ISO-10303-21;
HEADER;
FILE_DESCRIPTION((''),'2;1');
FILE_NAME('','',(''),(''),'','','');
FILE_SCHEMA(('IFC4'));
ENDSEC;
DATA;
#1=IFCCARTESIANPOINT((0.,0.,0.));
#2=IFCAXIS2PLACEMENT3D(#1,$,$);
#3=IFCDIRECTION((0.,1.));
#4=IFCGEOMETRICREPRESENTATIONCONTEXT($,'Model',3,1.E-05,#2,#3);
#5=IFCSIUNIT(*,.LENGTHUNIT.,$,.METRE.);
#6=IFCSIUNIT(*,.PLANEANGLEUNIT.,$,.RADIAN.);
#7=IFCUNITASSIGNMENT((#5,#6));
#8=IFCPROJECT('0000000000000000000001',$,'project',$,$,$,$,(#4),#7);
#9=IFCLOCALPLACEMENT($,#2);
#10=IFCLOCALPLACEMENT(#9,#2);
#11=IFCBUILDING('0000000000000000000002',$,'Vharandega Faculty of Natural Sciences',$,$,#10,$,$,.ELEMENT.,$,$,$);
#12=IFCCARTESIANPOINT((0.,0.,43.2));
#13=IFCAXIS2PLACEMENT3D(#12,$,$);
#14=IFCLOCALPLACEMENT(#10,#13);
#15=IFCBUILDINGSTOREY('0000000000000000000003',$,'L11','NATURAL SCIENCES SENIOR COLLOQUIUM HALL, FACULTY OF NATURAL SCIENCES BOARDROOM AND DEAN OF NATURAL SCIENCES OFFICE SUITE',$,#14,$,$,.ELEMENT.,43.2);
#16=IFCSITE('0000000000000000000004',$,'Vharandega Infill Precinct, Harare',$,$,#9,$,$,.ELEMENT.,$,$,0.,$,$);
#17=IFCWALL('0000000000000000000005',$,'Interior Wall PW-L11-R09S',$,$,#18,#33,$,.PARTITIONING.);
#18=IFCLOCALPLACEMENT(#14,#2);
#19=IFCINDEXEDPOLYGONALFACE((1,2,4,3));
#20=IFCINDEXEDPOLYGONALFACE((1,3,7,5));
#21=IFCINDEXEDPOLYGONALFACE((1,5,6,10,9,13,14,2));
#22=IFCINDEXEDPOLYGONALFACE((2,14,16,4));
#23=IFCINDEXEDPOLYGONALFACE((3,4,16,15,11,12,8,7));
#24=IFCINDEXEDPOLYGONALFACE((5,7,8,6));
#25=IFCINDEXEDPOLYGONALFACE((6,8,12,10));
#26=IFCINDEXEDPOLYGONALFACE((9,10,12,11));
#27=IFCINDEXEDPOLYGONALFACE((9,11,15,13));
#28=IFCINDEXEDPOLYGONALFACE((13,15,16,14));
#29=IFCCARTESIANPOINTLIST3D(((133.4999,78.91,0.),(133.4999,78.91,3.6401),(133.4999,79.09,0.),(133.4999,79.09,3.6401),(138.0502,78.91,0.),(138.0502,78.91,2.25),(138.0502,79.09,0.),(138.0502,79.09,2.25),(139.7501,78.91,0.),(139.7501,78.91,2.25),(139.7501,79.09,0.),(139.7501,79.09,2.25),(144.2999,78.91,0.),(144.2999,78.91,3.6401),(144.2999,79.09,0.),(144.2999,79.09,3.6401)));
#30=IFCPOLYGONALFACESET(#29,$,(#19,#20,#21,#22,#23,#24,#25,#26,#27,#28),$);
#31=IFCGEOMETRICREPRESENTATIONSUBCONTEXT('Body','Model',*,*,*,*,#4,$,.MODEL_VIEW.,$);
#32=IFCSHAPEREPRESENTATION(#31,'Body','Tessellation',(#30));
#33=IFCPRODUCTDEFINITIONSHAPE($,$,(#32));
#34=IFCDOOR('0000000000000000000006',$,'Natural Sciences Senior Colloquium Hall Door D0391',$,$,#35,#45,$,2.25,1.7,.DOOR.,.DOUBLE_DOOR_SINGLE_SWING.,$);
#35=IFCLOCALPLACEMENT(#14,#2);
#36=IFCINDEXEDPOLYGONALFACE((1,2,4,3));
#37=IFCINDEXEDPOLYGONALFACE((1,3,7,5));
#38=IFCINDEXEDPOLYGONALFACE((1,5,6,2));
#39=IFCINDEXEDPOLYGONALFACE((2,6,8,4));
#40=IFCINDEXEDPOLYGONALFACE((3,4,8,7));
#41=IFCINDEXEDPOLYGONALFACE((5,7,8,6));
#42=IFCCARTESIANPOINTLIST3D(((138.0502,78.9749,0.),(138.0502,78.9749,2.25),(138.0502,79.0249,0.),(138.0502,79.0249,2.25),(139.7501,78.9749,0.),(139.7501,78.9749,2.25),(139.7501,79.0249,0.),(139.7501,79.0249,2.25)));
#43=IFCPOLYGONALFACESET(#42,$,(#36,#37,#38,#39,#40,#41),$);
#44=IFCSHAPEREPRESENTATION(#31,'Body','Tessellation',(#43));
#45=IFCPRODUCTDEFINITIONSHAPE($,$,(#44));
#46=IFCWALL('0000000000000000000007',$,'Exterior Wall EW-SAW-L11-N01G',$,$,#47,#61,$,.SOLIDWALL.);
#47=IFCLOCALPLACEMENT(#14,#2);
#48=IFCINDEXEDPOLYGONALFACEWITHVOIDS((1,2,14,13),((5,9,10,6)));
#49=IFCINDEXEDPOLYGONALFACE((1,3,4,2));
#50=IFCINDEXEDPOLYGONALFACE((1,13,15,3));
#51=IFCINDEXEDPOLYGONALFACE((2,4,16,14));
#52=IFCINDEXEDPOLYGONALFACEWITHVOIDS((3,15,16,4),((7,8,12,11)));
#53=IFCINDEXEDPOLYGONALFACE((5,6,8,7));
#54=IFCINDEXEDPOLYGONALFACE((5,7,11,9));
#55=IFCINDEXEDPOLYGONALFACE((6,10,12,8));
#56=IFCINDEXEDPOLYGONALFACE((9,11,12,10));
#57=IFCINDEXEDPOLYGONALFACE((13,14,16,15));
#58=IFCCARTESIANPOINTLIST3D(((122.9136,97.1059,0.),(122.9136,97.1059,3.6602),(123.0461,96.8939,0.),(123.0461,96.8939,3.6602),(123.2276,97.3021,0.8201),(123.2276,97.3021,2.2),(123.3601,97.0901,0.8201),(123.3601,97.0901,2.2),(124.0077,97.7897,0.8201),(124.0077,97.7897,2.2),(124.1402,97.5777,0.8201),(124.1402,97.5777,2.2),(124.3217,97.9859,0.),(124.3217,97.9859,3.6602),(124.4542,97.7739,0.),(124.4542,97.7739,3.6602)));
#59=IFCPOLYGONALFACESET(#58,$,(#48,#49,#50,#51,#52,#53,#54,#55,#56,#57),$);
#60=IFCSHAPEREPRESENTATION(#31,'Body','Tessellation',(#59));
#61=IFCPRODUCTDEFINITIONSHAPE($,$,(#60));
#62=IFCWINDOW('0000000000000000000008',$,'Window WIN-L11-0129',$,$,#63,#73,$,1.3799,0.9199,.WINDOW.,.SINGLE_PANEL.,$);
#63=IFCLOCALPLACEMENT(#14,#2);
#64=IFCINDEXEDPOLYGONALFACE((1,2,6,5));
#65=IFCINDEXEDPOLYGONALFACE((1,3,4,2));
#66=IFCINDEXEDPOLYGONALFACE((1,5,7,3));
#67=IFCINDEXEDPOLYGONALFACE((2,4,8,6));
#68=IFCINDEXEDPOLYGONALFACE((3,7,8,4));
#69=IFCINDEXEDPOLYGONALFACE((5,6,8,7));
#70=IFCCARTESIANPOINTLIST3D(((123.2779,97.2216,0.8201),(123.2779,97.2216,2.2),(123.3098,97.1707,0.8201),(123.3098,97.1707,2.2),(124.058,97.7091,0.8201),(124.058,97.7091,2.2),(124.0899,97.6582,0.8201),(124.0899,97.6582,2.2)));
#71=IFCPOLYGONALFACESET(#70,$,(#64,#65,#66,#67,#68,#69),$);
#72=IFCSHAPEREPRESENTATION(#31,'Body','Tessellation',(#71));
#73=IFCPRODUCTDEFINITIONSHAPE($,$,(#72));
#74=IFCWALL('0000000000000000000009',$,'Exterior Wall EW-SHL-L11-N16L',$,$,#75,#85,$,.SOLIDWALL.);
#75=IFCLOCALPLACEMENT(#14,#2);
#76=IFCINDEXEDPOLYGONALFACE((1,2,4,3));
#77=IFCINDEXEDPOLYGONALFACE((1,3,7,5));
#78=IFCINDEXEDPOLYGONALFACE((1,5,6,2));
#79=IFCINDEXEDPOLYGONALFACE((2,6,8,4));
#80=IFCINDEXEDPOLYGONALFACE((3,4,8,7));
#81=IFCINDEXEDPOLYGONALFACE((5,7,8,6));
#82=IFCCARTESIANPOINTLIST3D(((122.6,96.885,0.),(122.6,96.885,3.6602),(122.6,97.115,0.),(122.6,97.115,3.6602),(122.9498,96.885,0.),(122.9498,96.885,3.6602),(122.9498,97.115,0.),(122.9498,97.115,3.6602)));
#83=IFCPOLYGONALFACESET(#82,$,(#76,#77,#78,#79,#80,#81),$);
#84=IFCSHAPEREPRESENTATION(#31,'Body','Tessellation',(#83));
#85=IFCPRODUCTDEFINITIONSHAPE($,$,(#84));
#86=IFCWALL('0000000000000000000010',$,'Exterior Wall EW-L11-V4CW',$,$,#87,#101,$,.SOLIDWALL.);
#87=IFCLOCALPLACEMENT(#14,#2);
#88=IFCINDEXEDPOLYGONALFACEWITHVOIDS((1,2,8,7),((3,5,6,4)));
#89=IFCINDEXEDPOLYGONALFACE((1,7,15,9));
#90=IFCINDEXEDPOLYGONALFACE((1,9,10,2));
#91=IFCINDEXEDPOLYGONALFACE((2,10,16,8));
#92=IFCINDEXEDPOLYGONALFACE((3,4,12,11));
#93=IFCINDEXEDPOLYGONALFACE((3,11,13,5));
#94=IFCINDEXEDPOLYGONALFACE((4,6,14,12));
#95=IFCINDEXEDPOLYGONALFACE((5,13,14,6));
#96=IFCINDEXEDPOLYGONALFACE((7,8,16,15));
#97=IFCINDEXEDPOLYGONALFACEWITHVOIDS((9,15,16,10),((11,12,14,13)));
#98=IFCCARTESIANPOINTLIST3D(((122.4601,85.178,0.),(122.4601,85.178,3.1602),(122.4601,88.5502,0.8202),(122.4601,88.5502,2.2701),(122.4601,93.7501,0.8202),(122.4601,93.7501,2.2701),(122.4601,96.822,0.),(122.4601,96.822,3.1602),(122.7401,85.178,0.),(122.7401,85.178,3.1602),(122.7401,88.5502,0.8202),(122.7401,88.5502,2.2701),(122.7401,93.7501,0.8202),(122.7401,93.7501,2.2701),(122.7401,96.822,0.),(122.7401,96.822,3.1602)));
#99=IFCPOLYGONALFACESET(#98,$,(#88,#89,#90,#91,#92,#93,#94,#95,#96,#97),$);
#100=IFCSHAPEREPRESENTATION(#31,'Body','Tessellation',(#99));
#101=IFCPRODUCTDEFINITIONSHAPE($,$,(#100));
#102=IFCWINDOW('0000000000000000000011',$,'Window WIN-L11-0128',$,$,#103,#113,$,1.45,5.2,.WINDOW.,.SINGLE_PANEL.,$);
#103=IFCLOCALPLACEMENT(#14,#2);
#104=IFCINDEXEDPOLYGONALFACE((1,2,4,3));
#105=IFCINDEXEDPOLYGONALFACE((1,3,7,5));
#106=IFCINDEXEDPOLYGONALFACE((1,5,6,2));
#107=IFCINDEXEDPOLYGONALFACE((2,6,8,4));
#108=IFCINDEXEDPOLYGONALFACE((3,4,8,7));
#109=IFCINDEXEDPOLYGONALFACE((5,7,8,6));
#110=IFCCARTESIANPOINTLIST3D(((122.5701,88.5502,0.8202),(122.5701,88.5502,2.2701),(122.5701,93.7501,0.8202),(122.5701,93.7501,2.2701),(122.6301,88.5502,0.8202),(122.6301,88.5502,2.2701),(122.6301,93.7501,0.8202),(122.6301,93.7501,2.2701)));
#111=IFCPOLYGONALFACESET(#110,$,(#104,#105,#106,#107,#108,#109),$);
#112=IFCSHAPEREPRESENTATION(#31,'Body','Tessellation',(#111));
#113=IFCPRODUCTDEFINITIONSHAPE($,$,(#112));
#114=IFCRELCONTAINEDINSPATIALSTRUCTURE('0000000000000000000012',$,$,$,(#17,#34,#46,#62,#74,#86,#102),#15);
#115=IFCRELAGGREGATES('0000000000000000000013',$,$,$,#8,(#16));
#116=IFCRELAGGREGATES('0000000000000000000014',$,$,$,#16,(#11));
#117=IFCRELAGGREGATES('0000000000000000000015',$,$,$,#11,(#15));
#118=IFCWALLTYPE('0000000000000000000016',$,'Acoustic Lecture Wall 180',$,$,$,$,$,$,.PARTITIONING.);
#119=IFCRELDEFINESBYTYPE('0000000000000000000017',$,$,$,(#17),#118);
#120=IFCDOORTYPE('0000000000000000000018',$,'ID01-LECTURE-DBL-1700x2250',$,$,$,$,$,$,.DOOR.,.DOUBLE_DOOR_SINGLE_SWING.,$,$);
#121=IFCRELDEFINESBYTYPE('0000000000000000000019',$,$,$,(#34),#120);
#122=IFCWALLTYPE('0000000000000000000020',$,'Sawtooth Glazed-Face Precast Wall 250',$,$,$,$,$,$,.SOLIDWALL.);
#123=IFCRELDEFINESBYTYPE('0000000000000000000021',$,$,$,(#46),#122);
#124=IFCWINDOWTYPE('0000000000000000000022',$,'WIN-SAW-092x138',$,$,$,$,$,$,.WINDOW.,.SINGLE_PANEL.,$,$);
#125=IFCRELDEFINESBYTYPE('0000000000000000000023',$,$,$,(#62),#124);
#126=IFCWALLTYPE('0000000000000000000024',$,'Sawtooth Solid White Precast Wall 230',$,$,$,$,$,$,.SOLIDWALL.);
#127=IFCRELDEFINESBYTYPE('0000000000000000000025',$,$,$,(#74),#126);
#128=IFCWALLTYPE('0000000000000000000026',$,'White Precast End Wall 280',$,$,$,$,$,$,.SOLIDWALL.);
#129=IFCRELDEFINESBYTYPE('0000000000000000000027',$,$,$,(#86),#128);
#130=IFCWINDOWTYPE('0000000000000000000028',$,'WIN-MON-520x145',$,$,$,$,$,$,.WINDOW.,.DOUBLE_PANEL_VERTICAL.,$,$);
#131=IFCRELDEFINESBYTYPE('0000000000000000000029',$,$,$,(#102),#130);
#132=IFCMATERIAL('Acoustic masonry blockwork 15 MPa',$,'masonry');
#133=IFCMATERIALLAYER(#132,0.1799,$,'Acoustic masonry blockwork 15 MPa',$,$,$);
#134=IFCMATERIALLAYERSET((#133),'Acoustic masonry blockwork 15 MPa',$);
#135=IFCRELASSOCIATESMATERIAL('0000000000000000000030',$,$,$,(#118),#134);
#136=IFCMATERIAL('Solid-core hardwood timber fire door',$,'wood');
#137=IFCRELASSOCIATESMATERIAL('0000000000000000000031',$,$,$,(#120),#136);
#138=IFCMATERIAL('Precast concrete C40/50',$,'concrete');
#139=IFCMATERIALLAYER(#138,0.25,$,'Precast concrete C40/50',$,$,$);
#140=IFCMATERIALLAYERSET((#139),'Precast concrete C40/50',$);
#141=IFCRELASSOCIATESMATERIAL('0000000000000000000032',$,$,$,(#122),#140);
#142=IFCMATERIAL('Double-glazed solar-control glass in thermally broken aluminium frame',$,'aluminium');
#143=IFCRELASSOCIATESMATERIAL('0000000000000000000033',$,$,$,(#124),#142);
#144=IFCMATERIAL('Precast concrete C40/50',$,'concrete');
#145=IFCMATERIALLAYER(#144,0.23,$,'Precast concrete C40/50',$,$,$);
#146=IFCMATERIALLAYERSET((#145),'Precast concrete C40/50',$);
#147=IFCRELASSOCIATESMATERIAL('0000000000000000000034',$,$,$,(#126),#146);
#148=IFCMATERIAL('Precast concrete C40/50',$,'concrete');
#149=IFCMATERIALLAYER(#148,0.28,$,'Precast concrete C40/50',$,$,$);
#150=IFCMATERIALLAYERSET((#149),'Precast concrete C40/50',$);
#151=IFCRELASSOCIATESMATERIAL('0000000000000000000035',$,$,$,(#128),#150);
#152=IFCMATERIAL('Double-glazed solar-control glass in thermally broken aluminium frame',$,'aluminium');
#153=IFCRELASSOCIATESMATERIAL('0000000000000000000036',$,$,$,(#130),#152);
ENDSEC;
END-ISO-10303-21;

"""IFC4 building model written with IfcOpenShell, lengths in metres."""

from ifc_helpers import new_model, si_unit, direction, frame, frame_2d, origin, place, context, subcontext, project, spatial, rectangle, extrude, material, layer, layer_set, type_object, element, fill, save


model = new_model("IFC4")

# Units and contexts
model_context = context("Model", 3, precision=1e-05, world=origin(), true_north=direction((0.0, 1.0)))
body_context = subcontext(model_context, "Body", "Model", "MODEL_VIEW")
ifc_project = project(units=[si_unit("LENGTHUNIT", "METRE"), si_unit("PLANEANGLEUNIT", "RADIAN")], contexts=[model_context])

# Site, building, storey
site_placement = place(None, origin())
site = spatial("IfcSite", under=ifc_project, at=site_placement, Name="Vharandega Infill Precinct, Harare", CompositionType="ELEMENT", RefElevation=0.0)
building_placement = place(site_placement, origin())
building = spatial("IfcBuilding", under=site, at=building_placement, Name="Vharandega Faculty of Natural Sciences", CompositionType="ELEMENT")
storey_placement = place(building_placement, frame((0.0, 0.0, 43.2)))
storey = spatial("IfcBuildingStorey", under=building, at=storey_placement, Name="L11", Description="NATURAL SCIENCES SENIOR COLLOQUIUM HALL, FACULTY OF NATURAL SCIENCES BOARDROOM AND DEAN OF NATURAL SCIENCES OFFICE SUITE", CompositionType="ELEMENT", Elevation=43.2)

# Wall, opening, door
ifc_material_1 = material(Name="Acoustic masonry blockwork 15 MPa", Category="masonry")
ifc_layer_1 = layer(ifc_material_1, 0.1799, Name="Acoustic masonry blockwork 15 MPa")
ifc_layer_set_1 = layer_set([ifc_layer_1], Name="Acoustic masonry blockwork 15 MPa")
wall_type_1 = type_object("IfcWallType", Name="Acoustic Lecture Wall 180", PredefinedType="PARTITIONING", material=ifc_layer_set_1)
wall_1_placement = place(storey_placement, frame((133.5, 79.0, 0.0), z_axis=(0.0, 0.0, 1.0), x_axis=(1.0, 0.0, 0.0)))
wall_1 = element("IfcWall", 1, at=wall_1_placement, inside=storey, type_object=wall_type_1, Name="Interior Wall PW-L11-R09S", PredefinedType="PARTITIONING", context=body_context, shape_type="SweptSolid", body=[
    extrude(rectangle(XDim=10.8, YDim=0.1799, at=frame_2d((5.3999, 0.0))), origin(), (0.0, 0.0, 1.0), 3.6401),
])
opening_1_placement = place(wall_1_placement, frame((4.55, 0.0, 0.0)))
opening_1 = element("IfcOpeningElement", 2, at=opening_1_placement, cuts=wall_1, PredefinedType="OPENING", context=body_context, shape_type="SweptSolid", body=[
    extrude(rectangle(XDim=1.7, YDim=2.25, at=frame_2d((0.8501, 1.125))), frame((0.0, 0.1001, 0.0), z_axis=(0.0, -1.0, 0.0), x_axis=(1.0, 0.0, 0.0)), (0.0, 0.0, 1.0), 0.2),
])
ifc_material_2 = material(Name="Solid-core hardwood timber fire door", Category="wood")
door_type = type_object("IfcDoorType", Name="ID01-LECTURE-DBL-1700x2250", OperationType="DOUBLE_DOOR_SINGLE_SWING", PredefinedType="DOOR", material=ifc_material_2)
door_placement = place(opening_1_placement, origin())
door = element("IfcDoor", 3, at=door_placement, inside=storey, type_object=door_type, Name="Natural Sciences Senior Colloquium Hall Door D0391", OperationType="DOUBLE_DOOR_SINGLE_SWING", OverallHeight=2.25, OverallWidth=1.7, PredefinedType="DOOR", context=body_context, shape_type="SweptSolid", body=[
    extrude(rectangle(XDim=1.7, YDim=2.25, at=frame_2d((0.8501, 1.125))), frame((0.0, 0.0249, 0.0), z_axis=(0.0, -1.0, 0.0), x_axis=(1.0, 0.0, 0.0)), (0.0, 0.0, 1.0), 0.05),
])
fill(opening_1, door)

# Wall, opening, window
ifc_material_3 = material(Name="Precast concrete C40/50", Category="concrete")
ifc_layer_2 = layer(ifc_material_3, 0.25, Name="Precast concrete C40/50")
ifc_layer_set_2 = layer_set([ifc_layer_2], Name="Precast concrete C40/50")
wall_type_2 = type_object("IfcWallType", Name="Sawtooth Glazed-Face Precast Wall 250", PredefinedType="SOLIDWALL", material=ifc_layer_set_2)
wall_2_placement = place(storey_placement, frame((122.98, 97.0, 0.0), z_axis=(0.0, 0.0, 1.0), x_axis=(0.848023, 0.529959, 0.0)))
wall_2 = element("IfcWall", 4, at=wall_2_placement, inside=storey, type_object=wall_type_2, Name="Exterior Wall EW-SAW-L11-N01G", PredefinedType="SOLIDWALL", context=body_context, shape_type="SweptSolid", body=[
    extrude(rectangle(XDim=1.6604, YDim=0.25, at=frame_2d((0.8301, 0.0))), origin(), (0.0, 0.0, 1.0), 3.6602),
])
opening_2_placement = place(wall_2_placement, frame((0.3701, 0.0, 0.8201)))
opening_2 = element("IfcOpeningElement", 5, at=opening_2_placement, cuts=wall_2, PredefinedType="OPENING", context=body_context, shape_type="SweptSolid", body=[
    extrude(rectangle(XDim=0.9199, YDim=1.3799, at=frame_2d((0.46, 0.6899))), frame((0.0, 0.135, 0.0), z_axis=(0.0, -1.0, 0.0), x_axis=(1.0, 0.0, 0.0)), (0.0, 0.0, 1.0), 0.27),
])
ifc_material_4 = material(Name="Double-glazed solar-control glass in thermally broken aluminium frame", Category="aluminium")
window_type_1 = type_object("IfcWindowType", Name="WIN-SAW-092x138", PartitioningType="SINGLE_PANEL", PredefinedType="WINDOW", material=ifc_material_4)
window_1_placement = place(opening_2_placement, origin())
window_1 = element("IfcWindow", 6, at=window_1_placement, inside=storey, type_object=window_type_1, Name="Window WIN-L11-0129", OverallHeight=1.3799, OverallWidth=0.9199, PartitioningType="SINGLE_PANEL", PredefinedType="WINDOW", context=body_context, shape_type="SweptSolid", body=[
    extrude(rectangle(XDim=0.9199, YDim=1.3799, at=frame_2d((0.46, 0.6899))), frame((0.0, 0.03, 0.0), z_axis=(0.0, -1.0, 0.0), x_axis=(1.0, 0.0, 0.0)), (0.0, 0.0, 1.0), 0.0601),
])
fill(opening_2, window_1)

# Wall
ifc_material_5 = material(Name="Precast concrete C40/50", Category="concrete")
ifc_layer_3 = layer(ifc_material_5, 0.23, Name="Precast concrete C40/50")
ifc_layer_set_3 = layer_set([ifc_layer_3], Name="Precast concrete C40/50")
wall_type_3 = type_object("IfcWallType", Name="Sawtooth Solid White Precast Wall 230", PredefinedType="SOLIDWALL", material=ifc_layer_set_3)
wall_3_placement = place(storey_placement, frame((122.6001, 97.0, 0.0), z_axis=(0.0, 0.0, 1.0), x_axis=(1.0, 0.0, 0.0)))
element("IfcWall", 7, at=wall_3_placement, inside=storey, type_object=wall_type_3, Name="Exterior Wall EW-SHL-L11-N16L", PredefinedType="SOLIDWALL", context=body_context, shape_type="SweptSolid", body=[
    extrude(rectangle(XDim=0.3499, YDim=0.23, at=frame_2d((0.1748, 0.0))), origin(), (0.0, 0.0, 1.0), 3.6602),
])

# Wall, opening, window
ifc_material_6 = material(Name="Precast concrete C40/50", Category="concrete")
ifc_layer_4 = layer(ifc_material_6, 0.28, Name="Precast concrete C40/50")
ifc_layer_set_4 = layer_set([ifc_layer_4], Name="Precast concrete C40/50")
wall_type_4 = type_object("IfcWallType", Name="White Precast End Wall 280", PredefinedType="SOLIDWALL", material=ifc_layer_set_4)
wall_4_placement = place(storey_placement, frame((122.6001, 85.178, 0.0), z_axis=(0.0, 0.0, 1.0), x_axis=(0.0, 1.0, 0.0)))
wall_4 = element("IfcWall", 8, at=wall_4_placement, inside=storey, type_object=wall_type_4, Name="Exterior Wall EW-L11-V4CW", PredefinedType="SOLIDWALL", context=body_context, shape_type="SweptSolid", body=[
    extrude(rectangle(XDim=11.644, YDim=0.28, at=frame_2d((5.822, 0.0))), origin(), (0.0, 0.0, 1.0), 3.1602),
])
opening_3_placement = place(wall_4_placement, frame((3.3721, 0.0, 0.8201)))
opening_3 = element("IfcOpeningElement", 9, at=opening_3_placement, cuts=wall_4, PredefinedType="OPENING", context=body_context, shape_type="SweptSolid", body=[
    extrude(rectangle(XDim=5.2, YDim=1.45, at=frame_2d((2.6001, 0.7251))), frame((0.0, 0.1499, 0.0), z_axis=(0.0, -1.0, 0.0), x_axis=(1.0, 0.0, 0.0)), (0.0, 0.0, 1.0), 0.3),
])
ifc_material_7 = material(Name="Double-glazed solar-control glass in thermally broken aluminium frame", Category="aluminium")
window_type_2 = type_object("IfcWindowType", Name="WIN-MON-520x145", PartitioningType="DOUBLE_PANEL_VERTICAL", PredefinedType="WINDOW", material=ifc_material_7)
window_2_placement = place(opening_3_placement, origin())
window_2 = element("IfcWindow", 10, at=window_2_placement, inside=storey, type_object=window_type_2, Name="Window WIN-L11-0128", OverallHeight=1.45, OverallWidth=5.2, PartitioningType="SINGLE_PANEL", PredefinedType="WINDOW", context=body_context, shape_type="SweptSolid", body=[
    extrude(rectangle(XDim=5.2, YDim=1.45, at=frame_2d((2.6001, 0.7251))), frame((0.0, 0.03, 0.0), z_axis=(0.0, -1.0, 0.0), x_axis=(1.0, 0.0, 0.0)), (0.0, 0.0, 1.0), 0.0601),
])
fill(opening_3, window_2)

save(model, "model.ifc")
